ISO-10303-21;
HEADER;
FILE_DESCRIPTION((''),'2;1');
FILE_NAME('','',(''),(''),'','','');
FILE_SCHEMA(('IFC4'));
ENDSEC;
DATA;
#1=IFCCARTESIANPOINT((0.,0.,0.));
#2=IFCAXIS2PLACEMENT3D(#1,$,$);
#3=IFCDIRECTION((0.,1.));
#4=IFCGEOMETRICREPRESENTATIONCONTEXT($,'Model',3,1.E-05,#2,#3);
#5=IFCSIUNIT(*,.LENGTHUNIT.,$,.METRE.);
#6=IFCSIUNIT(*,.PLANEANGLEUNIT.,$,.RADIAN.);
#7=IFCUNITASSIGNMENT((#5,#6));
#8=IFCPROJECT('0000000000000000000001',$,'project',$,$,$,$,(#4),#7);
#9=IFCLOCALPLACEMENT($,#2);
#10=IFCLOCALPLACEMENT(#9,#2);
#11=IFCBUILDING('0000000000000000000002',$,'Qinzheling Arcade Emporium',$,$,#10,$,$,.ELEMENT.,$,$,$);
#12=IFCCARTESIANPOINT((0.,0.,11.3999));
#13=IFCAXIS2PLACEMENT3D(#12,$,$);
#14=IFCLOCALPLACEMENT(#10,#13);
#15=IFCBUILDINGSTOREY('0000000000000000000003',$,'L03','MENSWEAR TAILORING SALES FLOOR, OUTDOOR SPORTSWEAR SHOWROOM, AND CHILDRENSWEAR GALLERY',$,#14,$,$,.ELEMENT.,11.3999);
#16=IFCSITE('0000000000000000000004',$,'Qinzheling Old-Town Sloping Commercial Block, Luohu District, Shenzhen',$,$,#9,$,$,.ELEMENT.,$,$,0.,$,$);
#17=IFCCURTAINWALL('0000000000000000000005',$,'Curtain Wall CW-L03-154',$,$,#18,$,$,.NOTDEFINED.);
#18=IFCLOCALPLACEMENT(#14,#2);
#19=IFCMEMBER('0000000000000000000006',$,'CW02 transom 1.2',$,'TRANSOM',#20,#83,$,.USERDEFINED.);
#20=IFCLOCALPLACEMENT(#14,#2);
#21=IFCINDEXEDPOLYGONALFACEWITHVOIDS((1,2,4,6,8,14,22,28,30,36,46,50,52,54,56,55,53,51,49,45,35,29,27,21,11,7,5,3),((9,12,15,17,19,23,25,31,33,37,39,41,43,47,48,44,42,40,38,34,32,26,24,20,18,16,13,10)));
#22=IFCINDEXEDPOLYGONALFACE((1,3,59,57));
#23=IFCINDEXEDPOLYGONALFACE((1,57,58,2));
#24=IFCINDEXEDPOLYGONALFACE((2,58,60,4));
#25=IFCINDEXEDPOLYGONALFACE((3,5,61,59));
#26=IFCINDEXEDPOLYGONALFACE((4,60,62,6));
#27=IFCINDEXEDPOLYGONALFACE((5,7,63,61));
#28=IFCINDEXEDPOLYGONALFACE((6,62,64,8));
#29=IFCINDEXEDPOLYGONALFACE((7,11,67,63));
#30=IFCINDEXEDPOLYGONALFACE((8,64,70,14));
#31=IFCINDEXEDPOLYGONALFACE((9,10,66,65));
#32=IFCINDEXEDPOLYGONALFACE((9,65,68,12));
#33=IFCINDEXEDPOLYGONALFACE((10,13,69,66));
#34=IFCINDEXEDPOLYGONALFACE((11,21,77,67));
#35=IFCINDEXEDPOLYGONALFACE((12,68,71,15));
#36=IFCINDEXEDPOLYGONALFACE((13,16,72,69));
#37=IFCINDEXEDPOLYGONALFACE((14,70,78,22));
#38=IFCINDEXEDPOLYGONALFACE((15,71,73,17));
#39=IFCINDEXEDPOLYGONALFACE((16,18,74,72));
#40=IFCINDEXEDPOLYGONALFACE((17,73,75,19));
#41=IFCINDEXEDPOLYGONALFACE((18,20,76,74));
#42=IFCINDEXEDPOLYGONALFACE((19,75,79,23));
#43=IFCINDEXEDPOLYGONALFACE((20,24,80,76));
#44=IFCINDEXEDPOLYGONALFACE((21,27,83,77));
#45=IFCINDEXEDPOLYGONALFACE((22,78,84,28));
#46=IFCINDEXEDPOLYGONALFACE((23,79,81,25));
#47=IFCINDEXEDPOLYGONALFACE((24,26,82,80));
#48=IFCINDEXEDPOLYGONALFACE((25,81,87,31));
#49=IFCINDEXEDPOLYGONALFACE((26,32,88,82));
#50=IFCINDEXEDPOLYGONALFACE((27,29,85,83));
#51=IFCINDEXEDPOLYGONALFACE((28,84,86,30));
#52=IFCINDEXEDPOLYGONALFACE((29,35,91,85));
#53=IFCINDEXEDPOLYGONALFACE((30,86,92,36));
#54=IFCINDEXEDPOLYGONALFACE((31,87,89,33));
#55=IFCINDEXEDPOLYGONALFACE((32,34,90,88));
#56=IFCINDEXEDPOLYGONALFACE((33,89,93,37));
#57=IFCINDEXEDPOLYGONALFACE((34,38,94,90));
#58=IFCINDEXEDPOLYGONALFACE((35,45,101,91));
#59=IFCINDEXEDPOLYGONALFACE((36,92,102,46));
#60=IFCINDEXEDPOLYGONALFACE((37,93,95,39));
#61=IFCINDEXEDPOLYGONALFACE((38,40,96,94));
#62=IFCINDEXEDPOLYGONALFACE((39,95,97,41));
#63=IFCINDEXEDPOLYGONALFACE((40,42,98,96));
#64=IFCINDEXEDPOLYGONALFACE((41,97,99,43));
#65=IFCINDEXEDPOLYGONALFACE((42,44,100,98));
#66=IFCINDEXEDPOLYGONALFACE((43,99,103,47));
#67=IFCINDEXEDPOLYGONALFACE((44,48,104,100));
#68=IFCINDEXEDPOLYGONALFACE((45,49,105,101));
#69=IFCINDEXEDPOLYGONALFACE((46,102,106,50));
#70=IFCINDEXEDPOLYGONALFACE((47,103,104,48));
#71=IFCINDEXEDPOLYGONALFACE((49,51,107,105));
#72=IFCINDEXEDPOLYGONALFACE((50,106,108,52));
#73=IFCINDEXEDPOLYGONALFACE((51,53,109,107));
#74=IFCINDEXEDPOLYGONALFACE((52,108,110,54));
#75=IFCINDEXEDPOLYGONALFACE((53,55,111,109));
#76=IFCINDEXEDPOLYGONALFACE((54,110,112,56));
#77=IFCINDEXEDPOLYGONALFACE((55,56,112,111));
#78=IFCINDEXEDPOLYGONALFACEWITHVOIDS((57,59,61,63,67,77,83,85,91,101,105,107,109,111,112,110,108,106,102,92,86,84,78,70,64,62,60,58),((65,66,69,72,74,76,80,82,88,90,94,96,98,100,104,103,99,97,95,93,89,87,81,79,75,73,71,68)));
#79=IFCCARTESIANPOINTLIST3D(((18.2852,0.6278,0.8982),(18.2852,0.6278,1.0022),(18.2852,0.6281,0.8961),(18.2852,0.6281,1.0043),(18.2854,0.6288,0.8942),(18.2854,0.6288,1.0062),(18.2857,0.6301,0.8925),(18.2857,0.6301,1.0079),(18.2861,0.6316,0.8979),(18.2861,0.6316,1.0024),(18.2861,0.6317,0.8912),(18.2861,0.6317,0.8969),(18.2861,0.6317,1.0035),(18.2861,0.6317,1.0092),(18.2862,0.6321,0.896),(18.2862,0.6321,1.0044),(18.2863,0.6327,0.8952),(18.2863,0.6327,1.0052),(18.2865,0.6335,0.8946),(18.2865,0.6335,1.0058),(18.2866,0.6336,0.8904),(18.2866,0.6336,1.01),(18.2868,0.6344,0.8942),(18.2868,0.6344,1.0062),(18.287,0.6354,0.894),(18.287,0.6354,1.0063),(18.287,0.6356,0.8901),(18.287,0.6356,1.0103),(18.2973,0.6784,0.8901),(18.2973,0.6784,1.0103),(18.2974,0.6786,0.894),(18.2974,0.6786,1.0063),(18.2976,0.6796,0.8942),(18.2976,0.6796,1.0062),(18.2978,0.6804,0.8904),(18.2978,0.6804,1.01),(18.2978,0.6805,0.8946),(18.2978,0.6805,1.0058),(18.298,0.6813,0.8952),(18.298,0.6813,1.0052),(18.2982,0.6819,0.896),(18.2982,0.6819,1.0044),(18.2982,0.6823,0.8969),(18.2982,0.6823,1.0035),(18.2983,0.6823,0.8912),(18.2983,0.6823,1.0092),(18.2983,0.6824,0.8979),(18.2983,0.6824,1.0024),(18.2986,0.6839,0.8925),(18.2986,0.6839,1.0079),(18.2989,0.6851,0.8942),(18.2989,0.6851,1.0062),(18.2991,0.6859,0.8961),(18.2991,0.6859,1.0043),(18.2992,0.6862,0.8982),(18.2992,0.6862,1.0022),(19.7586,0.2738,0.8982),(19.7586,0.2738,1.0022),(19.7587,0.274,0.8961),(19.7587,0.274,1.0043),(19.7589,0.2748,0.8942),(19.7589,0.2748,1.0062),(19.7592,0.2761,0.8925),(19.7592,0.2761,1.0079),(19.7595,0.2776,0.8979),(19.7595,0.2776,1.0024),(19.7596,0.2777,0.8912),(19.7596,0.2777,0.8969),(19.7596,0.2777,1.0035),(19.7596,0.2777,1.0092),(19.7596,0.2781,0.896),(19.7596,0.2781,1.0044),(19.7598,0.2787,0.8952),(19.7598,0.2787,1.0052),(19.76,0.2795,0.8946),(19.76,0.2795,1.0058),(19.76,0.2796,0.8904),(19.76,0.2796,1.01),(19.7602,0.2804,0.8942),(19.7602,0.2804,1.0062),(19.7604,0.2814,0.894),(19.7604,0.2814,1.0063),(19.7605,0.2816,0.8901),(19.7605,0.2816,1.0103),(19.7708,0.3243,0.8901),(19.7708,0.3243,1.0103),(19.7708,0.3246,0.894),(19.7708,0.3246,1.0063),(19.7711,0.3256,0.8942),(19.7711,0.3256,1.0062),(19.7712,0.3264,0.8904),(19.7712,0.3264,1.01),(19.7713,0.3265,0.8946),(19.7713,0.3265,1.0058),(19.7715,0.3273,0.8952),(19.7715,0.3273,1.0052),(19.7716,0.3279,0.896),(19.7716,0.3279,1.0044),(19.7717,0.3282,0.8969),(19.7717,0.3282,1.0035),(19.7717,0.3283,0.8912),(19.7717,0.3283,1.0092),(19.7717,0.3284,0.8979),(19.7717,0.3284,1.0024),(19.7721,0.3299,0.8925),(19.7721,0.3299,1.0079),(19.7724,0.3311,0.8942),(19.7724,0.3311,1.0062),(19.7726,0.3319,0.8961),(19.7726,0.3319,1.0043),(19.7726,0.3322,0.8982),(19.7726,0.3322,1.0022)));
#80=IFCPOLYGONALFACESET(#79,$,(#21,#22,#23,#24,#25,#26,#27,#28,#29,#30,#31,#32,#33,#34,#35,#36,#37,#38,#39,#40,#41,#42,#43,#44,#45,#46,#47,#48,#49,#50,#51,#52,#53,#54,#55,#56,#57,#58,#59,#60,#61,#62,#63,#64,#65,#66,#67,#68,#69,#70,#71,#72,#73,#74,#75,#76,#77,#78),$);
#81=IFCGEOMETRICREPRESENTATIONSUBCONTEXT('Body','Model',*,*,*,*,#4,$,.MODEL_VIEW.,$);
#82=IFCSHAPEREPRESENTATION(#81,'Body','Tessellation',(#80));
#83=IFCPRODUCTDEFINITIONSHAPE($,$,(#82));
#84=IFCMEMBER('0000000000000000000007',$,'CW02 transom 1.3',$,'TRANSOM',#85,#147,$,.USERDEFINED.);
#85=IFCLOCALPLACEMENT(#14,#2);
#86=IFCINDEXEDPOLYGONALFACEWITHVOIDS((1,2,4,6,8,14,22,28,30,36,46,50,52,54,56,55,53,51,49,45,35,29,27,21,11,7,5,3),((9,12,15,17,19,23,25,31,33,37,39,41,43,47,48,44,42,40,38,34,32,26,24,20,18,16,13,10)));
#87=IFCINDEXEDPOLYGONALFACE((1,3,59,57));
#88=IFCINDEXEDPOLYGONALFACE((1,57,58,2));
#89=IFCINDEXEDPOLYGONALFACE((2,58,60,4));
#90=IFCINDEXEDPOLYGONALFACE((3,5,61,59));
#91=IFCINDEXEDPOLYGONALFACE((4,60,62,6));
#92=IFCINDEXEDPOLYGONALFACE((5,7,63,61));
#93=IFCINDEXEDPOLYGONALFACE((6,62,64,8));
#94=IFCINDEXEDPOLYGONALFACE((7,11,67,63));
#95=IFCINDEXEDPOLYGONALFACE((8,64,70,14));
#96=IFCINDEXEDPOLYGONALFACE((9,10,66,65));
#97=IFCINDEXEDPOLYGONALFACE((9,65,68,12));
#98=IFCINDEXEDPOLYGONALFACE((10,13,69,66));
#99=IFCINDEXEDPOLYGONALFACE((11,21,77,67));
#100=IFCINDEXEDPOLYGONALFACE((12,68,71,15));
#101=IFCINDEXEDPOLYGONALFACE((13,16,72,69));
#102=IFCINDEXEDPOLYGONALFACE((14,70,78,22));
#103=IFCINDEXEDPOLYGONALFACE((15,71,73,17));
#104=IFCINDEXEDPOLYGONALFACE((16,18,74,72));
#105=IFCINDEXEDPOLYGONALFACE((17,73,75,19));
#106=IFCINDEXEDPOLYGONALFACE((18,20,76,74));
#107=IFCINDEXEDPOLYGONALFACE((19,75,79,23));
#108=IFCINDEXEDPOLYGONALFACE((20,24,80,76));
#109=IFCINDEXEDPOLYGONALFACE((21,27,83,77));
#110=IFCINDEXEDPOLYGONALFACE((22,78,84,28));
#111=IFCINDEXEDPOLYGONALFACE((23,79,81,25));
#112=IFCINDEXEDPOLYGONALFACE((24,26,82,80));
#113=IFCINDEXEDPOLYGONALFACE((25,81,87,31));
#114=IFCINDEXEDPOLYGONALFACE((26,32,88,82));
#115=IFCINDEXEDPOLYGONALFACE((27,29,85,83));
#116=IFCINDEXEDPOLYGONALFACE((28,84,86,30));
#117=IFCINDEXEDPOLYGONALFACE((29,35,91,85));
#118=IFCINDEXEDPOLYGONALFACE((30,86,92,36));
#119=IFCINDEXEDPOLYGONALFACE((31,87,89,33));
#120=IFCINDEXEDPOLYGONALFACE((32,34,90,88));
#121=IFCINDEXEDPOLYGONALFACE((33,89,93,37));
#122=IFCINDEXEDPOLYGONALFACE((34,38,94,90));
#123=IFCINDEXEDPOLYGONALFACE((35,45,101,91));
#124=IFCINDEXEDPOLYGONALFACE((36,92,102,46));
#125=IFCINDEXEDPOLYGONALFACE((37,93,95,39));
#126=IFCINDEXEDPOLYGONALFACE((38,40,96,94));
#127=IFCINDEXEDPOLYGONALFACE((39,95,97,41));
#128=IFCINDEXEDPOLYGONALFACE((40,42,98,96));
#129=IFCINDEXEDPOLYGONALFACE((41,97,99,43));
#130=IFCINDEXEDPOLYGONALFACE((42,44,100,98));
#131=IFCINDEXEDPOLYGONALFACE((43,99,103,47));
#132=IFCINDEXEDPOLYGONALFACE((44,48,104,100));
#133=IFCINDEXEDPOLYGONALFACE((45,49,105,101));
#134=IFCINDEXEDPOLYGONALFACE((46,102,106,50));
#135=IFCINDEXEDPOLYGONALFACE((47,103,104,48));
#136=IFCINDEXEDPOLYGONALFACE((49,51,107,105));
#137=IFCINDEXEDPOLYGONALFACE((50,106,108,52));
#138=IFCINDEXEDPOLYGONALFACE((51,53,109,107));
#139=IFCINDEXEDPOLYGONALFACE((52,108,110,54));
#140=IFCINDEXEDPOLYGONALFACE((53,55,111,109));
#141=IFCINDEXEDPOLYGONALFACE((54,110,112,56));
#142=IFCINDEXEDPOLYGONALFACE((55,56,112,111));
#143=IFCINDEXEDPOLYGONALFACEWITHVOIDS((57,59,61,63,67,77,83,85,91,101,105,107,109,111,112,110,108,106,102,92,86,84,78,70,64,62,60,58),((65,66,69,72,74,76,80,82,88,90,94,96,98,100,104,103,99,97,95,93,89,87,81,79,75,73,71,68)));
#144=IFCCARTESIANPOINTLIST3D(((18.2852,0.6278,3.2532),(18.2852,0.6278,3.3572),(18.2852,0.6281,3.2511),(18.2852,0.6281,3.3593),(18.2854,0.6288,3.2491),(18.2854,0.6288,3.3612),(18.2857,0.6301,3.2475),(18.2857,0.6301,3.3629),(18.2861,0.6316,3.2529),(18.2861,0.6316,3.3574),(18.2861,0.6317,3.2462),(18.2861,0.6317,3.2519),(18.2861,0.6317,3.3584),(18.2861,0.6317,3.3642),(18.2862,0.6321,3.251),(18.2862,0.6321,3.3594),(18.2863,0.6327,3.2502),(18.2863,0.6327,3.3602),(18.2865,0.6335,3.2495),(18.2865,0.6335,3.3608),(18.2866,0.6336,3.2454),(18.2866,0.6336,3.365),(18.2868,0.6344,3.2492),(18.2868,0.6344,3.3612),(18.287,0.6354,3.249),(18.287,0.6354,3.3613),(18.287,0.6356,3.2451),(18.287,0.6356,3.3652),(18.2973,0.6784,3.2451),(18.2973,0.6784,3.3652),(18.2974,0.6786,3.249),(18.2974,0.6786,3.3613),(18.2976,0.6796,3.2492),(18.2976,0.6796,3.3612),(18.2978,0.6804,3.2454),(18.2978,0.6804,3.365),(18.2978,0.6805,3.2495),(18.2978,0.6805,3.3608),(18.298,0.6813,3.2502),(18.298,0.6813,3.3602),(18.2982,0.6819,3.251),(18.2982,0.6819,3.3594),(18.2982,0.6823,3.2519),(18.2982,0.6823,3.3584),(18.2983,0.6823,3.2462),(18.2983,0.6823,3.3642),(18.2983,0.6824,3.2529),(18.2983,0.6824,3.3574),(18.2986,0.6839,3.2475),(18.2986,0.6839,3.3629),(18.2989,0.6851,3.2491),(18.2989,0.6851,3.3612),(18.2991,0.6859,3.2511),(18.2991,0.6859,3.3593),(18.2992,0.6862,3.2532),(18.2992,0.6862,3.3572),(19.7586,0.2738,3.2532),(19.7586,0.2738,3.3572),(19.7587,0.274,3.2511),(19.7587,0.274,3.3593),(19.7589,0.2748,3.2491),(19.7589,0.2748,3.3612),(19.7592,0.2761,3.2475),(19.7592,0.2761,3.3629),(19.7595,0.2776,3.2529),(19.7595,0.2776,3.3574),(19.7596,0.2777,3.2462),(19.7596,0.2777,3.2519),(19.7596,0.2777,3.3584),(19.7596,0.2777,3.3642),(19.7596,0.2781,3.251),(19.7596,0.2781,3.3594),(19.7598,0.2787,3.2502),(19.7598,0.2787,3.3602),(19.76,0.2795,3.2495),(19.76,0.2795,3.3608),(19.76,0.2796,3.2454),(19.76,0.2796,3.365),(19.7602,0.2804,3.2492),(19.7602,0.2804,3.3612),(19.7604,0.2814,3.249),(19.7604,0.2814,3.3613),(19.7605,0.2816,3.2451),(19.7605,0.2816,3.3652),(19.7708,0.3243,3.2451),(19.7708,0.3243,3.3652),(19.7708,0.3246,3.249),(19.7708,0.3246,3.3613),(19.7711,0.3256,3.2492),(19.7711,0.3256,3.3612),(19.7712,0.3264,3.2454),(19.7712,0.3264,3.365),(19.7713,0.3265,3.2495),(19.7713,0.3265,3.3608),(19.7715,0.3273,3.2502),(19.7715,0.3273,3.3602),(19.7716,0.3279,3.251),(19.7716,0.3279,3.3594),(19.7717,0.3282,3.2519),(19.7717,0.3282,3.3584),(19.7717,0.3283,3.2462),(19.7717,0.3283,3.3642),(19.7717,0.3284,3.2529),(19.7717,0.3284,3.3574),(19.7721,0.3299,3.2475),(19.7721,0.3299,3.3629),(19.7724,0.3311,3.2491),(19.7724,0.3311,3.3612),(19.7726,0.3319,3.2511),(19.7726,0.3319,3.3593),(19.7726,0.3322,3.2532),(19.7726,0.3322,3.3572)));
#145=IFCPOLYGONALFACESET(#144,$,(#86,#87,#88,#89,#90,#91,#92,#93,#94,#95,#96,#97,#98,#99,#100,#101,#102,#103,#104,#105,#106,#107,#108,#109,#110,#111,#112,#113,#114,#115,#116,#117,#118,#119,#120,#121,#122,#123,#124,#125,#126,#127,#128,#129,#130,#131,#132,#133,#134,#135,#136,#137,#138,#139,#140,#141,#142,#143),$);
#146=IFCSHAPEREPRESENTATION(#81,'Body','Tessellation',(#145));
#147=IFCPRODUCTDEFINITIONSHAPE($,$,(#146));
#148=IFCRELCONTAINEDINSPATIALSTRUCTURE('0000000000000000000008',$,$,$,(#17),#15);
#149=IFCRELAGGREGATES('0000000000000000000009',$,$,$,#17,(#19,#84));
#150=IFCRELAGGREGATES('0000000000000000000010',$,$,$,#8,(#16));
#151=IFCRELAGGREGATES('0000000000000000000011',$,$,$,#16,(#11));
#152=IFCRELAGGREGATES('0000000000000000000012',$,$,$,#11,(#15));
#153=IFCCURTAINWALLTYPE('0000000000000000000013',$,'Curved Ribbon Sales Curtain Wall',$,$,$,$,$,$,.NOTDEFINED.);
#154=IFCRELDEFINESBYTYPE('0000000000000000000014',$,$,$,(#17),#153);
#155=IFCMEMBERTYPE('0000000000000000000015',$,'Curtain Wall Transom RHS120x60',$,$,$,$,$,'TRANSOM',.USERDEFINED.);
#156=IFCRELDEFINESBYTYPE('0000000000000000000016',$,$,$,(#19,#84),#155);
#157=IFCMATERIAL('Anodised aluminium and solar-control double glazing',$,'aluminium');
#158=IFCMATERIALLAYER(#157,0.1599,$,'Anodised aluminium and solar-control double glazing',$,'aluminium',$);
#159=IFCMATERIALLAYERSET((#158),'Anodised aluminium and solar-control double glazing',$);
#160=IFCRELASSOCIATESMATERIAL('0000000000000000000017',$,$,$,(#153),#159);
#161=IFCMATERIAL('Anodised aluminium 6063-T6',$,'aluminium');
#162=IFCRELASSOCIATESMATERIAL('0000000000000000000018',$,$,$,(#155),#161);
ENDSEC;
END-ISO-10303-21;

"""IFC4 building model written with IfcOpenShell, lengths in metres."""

from ifc_helpers import new_model, si_unit, direction, frame, origin, origin_2d, place, context, subcontext, project, spatial, hollow_rectangle, extrude, material, layer, layer_set, material_profile, profile_set, type_object, element, aggregate, save


model = new_model("IFC4")

# Units and contexts
model_context = context("Model", 3, precision=1e-05, world=origin(), true_north=direction((0.0, 1.0)))
body_context = subcontext(model_context, "Body", "Model", "MODEL_VIEW")
ifc_project = project(units=[si_unit("LENGTHUNIT", "METRE"), si_unit("PLANEANGLEUNIT", "RADIAN")], contexts=[model_context])

# Site, building, storey
site_placement = place(None, origin())
site = spatial("IfcSite", under=ifc_project, at=site_placement, Name="Qinzheling Old-Town Sloping Commercial Block, Luohu District, Shenzhen", CompositionType="ELEMENT", RefElevation=0.0)
building_placement = place(site_placement, origin())
building = spatial("IfcBuilding", under=site, at=building_placement, Name="Qinzheling Arcade Emporium", CompositionType="ELEMENT")
storey_placement = place(building_placement, frame((0.0, 0.0, 11.3999)))
storey = spatial("IfcBuildingStorey", under=building, at=storey_placement, Name="L03", Description="MENSWEAR TAILORING SALES FLOOR, OUTDOOR SPORTSWEAR SHOWROOM, AND CHILDRENSWEAR GALLERY", CompositionType="ELEMENT", Elevation=11.3999)

# Curtain wall
ifc_material_1 = material(Name="Anodised aluminium and solar-control double glazing", Category="aluminium")
ifc_layer_1 = layer(ifc_material_1, 0.1599, Name="Anodised aluminium and solar-control double glazing", Category="aluminium")
ifc_layer_set_1 = layer_set([ifc_layer_1], Name="Anodised aluminium and solar-control double glazing")
curtain_wall_type = type_object("IfcCurtainWallType", Name="Curved Ribbon Sales Curtain Wall", PredefinedType="NOTDEFINED", material=ifc_layer_set_1)
curtain_wall_1_placement = place(storey_placement, origin())
curtain_wall_1 = element("IfcCurtainWall", 1, at=curtain_wall_1_placement, inside=storey, type_object=curtain_wall_type, Name="Curtain Wall CW-L03-154", PredefinedType="NOTDEFINED")
ifc_material_2 = material(Name="Anodised aluminium 6063-T6", Category="aluminium")

# Members
ifc_material_profile_1 = material_profile(ifc_material_2, hollow_rectangle(XDim=0.0601, YDim=0.1201, WallThickness=0.0039, InnerFilletRadius=0.0039, OuterFilletRadius=0.0081, at=origin_2d()), Name="RHS 120x60x4", Category="aluminium")
ifc_profile_set_1 = profile_set([ifc_material_profile_1], Name="Anodised aluminium 6063-T6")
member_type_1 = type_object("IfcMemberType", Name="Curtain Wall Transom RHS120x60", ElementType="TRANSOM", PredefinedType="USERDEFINED", material=ifc_profile_set_1)
member_1_placement = place(storey_placement, frame((19.7656, 0.303, 0.9502), z_axis=(-0.972329, 0.233617, 0.0), x_axis=(-0.233617, -0.972329, 0.0)))
member_1 = element("IfcMember", 2, at=member_1_placement, type_object=member_type_1, Name="CW02 transom 1.2", ObjectType="TRANSOM", PredefinedType="USERDEFINED", context=body_context, shape_type="SweptSolid", body=[
    extrude(hollow_rectangle(XDim=0.0601, YDim=0.1201, WallThickness=0.0039, InnerFilletRadius=0.0039, OuterFilletRadius=0.0081, at=origin_2d()), origin(), (0.0, 0.0, 1.0), 1.5154),
])
member_2_placement = place(storey_placement, frame((19.7656, 0.303, 3.3052), z_axis=(-0.972329, 0.233617, 0.0), x_axis=(-0.233617, -0.972329, 0.0)))
member_2 = element("IfcMember", 3, at=member_2_placement, type_object=member_type_1, Name="CW02 transom 1.3", ObjectType="TRANSOM", PredefinedType="USERDEFINED", context=body_context, shape_type="SweptSolid", body=[
    extrude(hollow_rectangle(XDim=0.0601, YDim=0.1201, WallThickness=0.0039, InnerFilletRadius=0.0039, OuterFilletRadius=0.0081, at=origin_2d()), origin(), (0.0, 0.0, 1.0), 1.5154),
])

aggregate(curtain_wall_1, [member_1, member_2])

save(model, "model.ifc")
